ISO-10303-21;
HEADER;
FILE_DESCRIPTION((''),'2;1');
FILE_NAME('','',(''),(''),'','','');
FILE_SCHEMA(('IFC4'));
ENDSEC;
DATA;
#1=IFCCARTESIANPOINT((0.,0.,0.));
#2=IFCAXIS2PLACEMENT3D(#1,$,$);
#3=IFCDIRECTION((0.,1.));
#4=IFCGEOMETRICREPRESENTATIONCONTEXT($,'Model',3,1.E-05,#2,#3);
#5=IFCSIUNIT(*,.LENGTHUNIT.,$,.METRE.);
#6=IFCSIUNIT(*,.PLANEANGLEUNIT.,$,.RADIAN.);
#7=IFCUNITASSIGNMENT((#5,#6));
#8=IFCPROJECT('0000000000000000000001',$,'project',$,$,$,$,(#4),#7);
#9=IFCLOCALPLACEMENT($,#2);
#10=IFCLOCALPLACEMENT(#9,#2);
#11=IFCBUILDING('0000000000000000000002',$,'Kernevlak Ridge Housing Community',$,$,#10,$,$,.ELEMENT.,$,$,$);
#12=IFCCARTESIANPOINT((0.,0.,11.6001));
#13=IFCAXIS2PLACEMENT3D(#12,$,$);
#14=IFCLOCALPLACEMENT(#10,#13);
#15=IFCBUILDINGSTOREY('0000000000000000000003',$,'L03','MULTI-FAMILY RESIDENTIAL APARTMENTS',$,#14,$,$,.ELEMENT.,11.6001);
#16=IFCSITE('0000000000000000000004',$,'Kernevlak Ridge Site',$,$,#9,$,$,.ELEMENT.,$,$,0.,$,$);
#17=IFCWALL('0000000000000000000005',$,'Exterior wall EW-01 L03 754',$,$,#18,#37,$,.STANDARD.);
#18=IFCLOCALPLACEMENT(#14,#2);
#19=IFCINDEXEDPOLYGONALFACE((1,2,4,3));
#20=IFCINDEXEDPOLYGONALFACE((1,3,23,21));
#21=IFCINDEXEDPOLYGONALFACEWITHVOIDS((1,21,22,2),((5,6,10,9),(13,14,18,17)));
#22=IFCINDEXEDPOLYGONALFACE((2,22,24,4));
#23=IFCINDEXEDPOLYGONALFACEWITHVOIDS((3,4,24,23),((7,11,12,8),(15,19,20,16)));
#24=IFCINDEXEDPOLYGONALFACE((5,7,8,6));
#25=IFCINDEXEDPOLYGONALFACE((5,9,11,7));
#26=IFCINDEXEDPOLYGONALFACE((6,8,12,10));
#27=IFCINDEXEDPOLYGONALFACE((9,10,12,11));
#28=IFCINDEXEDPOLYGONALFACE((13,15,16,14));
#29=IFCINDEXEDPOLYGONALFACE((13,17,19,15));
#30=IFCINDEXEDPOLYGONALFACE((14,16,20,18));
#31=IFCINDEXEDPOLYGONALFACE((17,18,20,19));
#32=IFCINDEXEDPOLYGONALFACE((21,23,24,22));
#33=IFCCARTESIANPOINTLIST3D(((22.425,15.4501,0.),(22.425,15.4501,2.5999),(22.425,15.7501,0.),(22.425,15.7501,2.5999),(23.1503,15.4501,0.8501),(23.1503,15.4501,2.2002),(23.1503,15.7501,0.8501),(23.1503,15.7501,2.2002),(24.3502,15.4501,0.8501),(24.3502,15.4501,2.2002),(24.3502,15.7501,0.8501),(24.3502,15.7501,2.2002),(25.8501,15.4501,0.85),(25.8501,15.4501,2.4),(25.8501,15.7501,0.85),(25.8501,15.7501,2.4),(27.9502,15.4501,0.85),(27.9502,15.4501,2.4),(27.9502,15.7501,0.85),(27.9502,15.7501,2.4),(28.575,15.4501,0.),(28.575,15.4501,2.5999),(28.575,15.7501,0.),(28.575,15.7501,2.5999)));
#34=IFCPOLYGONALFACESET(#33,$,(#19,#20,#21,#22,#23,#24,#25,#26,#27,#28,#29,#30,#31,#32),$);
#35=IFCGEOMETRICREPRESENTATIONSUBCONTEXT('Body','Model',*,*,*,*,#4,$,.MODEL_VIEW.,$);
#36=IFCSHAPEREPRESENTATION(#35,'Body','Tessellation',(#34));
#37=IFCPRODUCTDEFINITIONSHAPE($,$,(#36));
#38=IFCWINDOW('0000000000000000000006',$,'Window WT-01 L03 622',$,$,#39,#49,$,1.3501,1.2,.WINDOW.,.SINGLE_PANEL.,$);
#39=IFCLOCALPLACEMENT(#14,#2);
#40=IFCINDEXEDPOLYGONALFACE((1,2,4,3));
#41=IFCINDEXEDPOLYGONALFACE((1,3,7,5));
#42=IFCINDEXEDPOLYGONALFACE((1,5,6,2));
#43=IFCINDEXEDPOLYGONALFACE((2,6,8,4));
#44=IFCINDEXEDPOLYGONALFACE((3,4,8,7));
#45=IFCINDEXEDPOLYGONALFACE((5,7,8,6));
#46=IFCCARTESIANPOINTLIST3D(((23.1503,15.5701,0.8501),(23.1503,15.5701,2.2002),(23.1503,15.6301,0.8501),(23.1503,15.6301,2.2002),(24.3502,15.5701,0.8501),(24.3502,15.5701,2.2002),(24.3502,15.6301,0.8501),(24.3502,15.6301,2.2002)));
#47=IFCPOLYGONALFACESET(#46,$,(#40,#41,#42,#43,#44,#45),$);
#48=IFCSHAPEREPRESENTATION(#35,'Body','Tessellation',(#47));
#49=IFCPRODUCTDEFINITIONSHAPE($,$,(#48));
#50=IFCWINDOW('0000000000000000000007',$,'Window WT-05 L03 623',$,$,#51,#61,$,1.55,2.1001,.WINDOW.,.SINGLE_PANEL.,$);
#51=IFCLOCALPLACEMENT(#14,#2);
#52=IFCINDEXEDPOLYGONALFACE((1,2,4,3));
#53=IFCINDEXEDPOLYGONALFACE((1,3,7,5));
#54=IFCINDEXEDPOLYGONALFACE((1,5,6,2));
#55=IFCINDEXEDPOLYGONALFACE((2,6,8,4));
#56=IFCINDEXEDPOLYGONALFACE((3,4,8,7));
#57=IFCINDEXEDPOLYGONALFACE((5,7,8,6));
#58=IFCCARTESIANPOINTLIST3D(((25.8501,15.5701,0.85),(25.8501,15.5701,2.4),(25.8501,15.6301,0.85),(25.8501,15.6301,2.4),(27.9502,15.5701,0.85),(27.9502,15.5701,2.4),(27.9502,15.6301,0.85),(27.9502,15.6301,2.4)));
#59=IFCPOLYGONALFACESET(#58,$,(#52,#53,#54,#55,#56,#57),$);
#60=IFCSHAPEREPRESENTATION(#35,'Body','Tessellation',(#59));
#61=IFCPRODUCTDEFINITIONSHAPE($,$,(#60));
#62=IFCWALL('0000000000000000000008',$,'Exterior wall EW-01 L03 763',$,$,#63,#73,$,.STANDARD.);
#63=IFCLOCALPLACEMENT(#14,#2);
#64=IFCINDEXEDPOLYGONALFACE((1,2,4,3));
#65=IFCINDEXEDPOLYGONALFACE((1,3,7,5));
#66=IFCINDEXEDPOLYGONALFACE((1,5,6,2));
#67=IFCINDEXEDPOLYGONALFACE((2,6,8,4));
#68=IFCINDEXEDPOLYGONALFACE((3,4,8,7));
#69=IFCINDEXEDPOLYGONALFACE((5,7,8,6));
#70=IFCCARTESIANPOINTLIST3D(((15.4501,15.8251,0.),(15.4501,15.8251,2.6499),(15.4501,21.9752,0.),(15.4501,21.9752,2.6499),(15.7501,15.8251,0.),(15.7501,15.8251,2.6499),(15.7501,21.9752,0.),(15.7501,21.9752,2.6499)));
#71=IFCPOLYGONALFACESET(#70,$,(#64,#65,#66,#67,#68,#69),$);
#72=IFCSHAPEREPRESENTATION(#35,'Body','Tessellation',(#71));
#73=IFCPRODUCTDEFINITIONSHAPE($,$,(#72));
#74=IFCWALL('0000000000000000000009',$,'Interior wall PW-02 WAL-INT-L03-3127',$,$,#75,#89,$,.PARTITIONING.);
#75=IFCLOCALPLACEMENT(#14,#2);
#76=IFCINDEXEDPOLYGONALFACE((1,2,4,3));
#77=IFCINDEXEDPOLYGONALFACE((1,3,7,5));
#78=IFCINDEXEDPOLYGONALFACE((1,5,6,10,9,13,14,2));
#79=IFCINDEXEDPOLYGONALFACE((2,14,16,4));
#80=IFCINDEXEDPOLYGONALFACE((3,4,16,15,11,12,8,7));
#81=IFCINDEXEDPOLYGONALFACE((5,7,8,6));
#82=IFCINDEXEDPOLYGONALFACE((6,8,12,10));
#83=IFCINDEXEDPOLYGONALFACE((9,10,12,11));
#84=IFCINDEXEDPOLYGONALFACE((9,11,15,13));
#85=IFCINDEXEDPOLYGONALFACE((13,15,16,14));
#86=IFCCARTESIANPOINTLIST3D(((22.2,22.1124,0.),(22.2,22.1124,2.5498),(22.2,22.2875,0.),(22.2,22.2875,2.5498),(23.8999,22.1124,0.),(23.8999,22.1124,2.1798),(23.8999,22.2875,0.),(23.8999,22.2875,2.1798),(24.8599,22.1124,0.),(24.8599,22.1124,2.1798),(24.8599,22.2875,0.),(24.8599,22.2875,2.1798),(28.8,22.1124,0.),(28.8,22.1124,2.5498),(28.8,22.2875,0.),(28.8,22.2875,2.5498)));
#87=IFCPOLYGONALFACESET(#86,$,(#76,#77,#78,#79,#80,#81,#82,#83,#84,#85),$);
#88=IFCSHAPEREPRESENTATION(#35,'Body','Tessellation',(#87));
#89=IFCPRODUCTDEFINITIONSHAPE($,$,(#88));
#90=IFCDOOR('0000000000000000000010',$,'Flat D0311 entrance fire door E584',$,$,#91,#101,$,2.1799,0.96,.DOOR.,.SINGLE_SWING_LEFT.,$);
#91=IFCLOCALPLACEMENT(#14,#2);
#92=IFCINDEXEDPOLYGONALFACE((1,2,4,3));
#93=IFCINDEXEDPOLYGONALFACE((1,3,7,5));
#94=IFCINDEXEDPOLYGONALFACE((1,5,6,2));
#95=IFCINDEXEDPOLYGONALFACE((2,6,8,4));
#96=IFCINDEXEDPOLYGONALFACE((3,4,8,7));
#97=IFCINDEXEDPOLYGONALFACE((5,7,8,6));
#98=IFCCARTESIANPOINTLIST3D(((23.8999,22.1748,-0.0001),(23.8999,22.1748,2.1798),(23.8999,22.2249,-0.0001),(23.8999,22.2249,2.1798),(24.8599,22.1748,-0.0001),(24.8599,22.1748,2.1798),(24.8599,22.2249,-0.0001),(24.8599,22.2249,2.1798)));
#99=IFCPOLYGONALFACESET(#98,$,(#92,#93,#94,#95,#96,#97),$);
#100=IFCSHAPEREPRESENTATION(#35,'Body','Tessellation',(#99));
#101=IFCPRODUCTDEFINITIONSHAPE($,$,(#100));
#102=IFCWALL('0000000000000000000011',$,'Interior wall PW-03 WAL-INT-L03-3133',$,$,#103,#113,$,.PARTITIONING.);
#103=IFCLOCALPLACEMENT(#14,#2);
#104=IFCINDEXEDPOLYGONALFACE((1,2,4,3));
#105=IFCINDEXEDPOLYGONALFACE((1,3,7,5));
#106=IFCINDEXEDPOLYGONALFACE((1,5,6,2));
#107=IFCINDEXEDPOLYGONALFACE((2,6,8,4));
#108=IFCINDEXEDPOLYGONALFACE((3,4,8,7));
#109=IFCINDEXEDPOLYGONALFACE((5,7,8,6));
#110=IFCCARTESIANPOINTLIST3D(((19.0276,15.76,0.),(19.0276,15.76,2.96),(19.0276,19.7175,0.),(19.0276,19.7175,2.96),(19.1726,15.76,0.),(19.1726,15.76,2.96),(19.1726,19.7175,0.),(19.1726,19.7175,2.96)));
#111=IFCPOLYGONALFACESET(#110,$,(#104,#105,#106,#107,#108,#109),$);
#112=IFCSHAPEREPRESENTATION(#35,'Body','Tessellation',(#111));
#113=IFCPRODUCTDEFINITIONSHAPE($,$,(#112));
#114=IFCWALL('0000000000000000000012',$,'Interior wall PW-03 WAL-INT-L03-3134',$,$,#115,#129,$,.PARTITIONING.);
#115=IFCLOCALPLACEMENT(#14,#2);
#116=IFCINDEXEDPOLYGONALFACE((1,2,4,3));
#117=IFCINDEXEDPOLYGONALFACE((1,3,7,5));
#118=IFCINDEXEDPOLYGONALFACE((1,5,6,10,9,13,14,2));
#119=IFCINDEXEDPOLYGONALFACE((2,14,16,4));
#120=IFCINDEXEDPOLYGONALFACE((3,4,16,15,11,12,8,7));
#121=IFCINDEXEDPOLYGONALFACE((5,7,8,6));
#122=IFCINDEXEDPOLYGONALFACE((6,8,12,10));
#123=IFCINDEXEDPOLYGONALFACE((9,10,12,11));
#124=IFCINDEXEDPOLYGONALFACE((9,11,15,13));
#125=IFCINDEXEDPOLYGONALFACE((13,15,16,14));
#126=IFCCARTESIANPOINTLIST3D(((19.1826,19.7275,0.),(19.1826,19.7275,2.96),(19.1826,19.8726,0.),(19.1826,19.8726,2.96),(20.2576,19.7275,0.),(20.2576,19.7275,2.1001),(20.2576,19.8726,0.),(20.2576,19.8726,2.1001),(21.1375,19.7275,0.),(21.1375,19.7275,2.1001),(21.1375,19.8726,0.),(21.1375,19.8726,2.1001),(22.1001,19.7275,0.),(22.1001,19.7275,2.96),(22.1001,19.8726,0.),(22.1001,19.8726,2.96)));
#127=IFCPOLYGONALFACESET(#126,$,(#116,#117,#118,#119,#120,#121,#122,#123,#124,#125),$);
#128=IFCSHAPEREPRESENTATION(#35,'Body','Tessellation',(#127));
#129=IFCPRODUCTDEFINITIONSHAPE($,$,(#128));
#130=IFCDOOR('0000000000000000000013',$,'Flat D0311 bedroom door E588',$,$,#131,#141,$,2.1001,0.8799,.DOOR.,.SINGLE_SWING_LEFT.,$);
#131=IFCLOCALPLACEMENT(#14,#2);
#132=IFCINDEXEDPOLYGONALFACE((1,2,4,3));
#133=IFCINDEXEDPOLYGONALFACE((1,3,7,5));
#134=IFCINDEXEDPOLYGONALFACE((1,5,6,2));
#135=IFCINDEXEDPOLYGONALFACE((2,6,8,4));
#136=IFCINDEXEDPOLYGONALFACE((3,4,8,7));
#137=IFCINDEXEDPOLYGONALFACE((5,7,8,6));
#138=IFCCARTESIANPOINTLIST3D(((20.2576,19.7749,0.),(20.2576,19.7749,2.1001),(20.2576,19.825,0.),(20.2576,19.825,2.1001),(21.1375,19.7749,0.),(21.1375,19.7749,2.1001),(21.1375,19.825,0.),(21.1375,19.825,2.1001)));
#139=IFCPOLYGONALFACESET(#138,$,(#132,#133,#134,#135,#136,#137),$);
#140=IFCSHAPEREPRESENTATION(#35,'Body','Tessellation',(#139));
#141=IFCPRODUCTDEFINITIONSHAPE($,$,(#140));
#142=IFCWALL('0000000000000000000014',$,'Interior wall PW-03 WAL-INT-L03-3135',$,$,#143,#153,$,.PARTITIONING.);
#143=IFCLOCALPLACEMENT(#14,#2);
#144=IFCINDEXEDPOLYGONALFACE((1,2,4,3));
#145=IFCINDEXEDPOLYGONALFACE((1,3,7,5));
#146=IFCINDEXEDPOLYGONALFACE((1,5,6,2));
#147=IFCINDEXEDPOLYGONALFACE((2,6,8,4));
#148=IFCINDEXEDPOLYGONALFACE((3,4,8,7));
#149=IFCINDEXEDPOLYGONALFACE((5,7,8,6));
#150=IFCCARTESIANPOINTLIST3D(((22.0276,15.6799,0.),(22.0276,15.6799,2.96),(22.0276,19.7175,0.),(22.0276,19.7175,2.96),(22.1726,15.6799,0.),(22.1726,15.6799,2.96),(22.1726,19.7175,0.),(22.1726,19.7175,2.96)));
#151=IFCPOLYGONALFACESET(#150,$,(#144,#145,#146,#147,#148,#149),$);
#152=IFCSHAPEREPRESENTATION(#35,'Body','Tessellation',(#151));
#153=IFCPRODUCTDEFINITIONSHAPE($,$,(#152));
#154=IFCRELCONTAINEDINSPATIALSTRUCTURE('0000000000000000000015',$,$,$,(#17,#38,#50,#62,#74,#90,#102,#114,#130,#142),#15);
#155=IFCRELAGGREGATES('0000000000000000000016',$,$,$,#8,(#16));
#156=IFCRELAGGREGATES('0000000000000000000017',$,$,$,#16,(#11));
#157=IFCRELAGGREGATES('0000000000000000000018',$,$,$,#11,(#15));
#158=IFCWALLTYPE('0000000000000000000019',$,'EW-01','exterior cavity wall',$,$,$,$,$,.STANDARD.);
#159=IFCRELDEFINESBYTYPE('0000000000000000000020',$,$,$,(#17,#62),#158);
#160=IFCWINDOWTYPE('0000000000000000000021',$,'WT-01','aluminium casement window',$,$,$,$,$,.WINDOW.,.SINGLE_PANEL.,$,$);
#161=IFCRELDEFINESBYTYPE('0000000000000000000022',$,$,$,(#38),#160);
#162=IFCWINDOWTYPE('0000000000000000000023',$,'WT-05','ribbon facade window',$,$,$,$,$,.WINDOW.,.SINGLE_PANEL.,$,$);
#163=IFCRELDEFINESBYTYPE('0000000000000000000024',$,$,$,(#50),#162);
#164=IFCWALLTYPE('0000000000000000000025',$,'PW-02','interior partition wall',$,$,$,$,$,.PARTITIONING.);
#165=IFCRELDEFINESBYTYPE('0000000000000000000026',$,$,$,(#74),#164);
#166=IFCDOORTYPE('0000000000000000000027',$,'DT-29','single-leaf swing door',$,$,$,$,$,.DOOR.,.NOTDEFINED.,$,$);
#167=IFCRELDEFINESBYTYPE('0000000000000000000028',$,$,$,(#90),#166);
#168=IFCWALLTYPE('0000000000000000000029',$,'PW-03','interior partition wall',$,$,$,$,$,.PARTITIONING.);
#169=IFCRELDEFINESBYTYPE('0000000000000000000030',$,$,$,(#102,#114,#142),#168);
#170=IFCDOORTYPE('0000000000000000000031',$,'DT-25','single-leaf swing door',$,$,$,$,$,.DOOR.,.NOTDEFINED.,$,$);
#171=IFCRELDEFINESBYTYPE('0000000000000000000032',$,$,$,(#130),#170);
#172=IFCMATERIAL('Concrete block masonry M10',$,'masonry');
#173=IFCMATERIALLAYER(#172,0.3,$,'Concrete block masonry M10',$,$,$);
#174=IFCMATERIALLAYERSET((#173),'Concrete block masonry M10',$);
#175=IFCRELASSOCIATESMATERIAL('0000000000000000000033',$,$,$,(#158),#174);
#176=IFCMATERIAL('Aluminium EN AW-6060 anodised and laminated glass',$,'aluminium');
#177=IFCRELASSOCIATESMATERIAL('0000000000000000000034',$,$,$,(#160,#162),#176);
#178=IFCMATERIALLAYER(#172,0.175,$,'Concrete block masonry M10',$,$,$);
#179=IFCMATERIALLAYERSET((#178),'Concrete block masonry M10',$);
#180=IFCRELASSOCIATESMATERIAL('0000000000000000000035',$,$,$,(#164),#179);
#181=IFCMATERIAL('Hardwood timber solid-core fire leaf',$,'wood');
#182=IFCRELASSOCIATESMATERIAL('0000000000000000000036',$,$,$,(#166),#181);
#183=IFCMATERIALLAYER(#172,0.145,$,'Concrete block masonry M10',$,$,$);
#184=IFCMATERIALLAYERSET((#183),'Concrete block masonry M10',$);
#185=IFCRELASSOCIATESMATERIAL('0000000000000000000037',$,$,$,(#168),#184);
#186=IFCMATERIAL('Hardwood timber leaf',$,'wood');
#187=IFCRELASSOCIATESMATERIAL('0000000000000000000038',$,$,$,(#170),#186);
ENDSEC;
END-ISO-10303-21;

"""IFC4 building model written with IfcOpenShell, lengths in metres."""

from ifc_helpers import new_model, si_unit, direction, frame, frame_2d, origin, place, context, subcontext, project, spatial, rectangle, extrude, material, layer, layer_set, type_object, element, fill, save


model = new_model("IFC4")

# Units and contexts
model_context = context("Model", 3, precision=1e-05, world=origin(), true_north=direction((0.0, 1.0)))
body_context = subcontext(model_context, "Body", "Model", "MODEL_VIEW")
ifc_project = project(units=[si_unit("LENGTHUNIT", "METRE"), si_unit("PLANEANGLEUNIT", "RADIAN")], contexts=[model_context])

# Site, building, storey
site_placement = place(None, origin())
site = spatial("IfcSite", under=ifc_project, at=site_placement, Name="Kernevlak Ridge Site", CompositionType="ELEMENT", RefElevation=0.0)
building_placement = place(site_placement, origin())
building = spatial("IfcBuilding", under=site, at=building_placement, Name="Kernevlak Ridge Housing Community", CompositionType="ELEMENT")
storey_placement = place(building_placement, frame((0.0, 0.0, 11.6001)))
storey = spatial("IfcBuildingStorey", under=building, at=storey_placement, Name="L03", Description="MULTI-FAMILY RESIDENTIAL APARTMENTS", CompositionType="ELEMENT", Elevation=11.6001)

# Shared definitions
ifc_material_1 = material(Name="Aluminium EN AW-6060 anodised and laminated glass", Category="aluminium")

# Wall, openings, windows
ifc_material_2 = material(Name="Concrete block masonry M10", Category="masonry")
ifc_layer_1 = layer(ifc_material_2, 0.3, Name="Concrete block masonry M10")
ifc_layer_set_1 = layer_set([ifc_layer_1], Name="Concrete block masonry M10")
wall_type_1 = type_object("IfcWallType", Name="EW-01", Description="exterior cavity wall", PredefinedType="STANDARD", material=ifc_layer_set_1)
wall_1_placement = place(storey_placement, frame((22.425, 15.6001, 0.0), z_axis=(0.0, 0.0, 1.0), x_axis=(1.0, 0.0, 0.0)))
wall_1 = element("IfcWall", 1, at=wall_1_placement, inside=storey, type_object=wall_type_1, Name="Exterior wall EW-01 L03 754", PredefinedType="STANDARD", context=body_context, shape_type="SweptSolid", body=[
    extrude(rectangle(XDim=6.1499, YDim=0.3, at=frame_2d((3.075, 0.0))), origin(), (0.0, 0.0, 1.0), 2.5999),
])
opening_1_placement = place(wall_1_placement, frame((0.7251, 0.0, 0.8501)))
opening_1 = element("IfcOpeningElement", 2, at=opening_1_placement, cuts=wall_1, PredefinedType="OPENING", context=body_context, shape_type="SweptSolid", body=[
    extrude(rectangle(XDim=1.2, YDim=1.3501, at=frame_2d((0.6001, 0.675))), frame((0.0, 0.1599, 0.0), z_axis=(0.0, -1.0, 0.0), x_axis=(1.0, 0.0, 0.0)), (0.0, 0.0, 1.0), 0.3201),
])
opening_2_placement = place(wall_1_placement, frame((3.425, 0.0, 0.8501)))
opening_2 = element("IfcOpeningElement", 3, at=opening_2_placement, cuts=wall_1, PredefinedType="OPENING", context=body_context, shape_type="SweptSolid", body=[
    extrude(rectangle(XDim=2.1001, YDim=1.55, at=frame_2d((1.05, 0.7749))), frame((0.0, 0.1599, 0.0), z_axis=(0.0, -1.0, 0.0), x_axis=(1.0, 0.0, 0.0)), (0.0, 0.0, 1.0), 0.3201),
])
window_type_1 = type_object("IfcWindowType", Name="WT-01", Description="aluminium casement window", PartitioningType="SINGLE_PANEL", PredefinedType="WINDOW", material=ifc_material_1)
window_1_placement = place(opening_1_placement, origin())
window_1 = element("IfcWindow", 4, at=window_1_placement, inside=storey, type_object=window_type_1, Name="Window WT-01 L03 622", OverallHeight=1.3501, OverallWidth=1.2, PartitioningType="SINGLE_PANEL", PredefinedType="WINDOW", context=body_context, shape_type="SweptSolid", body=[
    extrude(rectangle(XDim=1.2, YDim=1.3501, at=frame_2d((0.6001, 0.675))), frame((0.0, 0.03, 0.0), z_axis=(0.0, -1.0, 0.0), x_axis=(1.0, 0.0, 0.0)), (0.0, 0.0, 1.0), 0.0601),
])
fill(opening_1, window_1)
window_type_2 = type_object("IfcWindowType", Name="WT-05", Description="ribbon facade window", PartitioningType="SINGLE_PANEL", PredefinedType="WINDOW", material=ifc_material_1)
window_2_placement = place(opening_2_placement, origin())
window_2 = element("IfcWindow", 5, at=window_2_placement, inside=storey, type_object=window_type_2, Name="Window WT-05 L03 623", OverallHeight=1.55, OverallWidth=2.1001, PartitioningType="SINGLE_PANEL", PredefinedType="WINDOW", context=body_context, shape_type="SweptSolid", body=[
    extrude(rectangle(XDim=2.1001, YDim=1.55, at=frame_2d((1.05, 0.7749))), frame((0.0, 0.03, 0.0), z_axis=(0.0, -1.0, 0.0), x_axis=(1.0, 0.0, 0.0)), (0.0, 0.0, 1.0), 0.0601),
])
fill(opening_2, window_2)

# Wall
wall_2_placement = place(storey_placement, frame((15.6001, 15.825, 0.0), z_axis=(0.0, 0.0, 1.0), x_axis=(0.0, 1.0, 0.0)))
element("IfcWall", 6, at=wall_2_placement, inside=storey, type_object=wall_type_1, Name="Exterior wall EW-01 L03 763", PredefinedType="STANDARD", context=body_context, shape_type="SweptSolid", body=[
    extrude(rectangle(XDim=6.1501, YDim=0.3, at=frame_2d((3.0752, 0.0))), origin(), (0.0, 0.0, 1.0), 2.6499),
])

# Wall, opening, door
ifc_layer_2 = layer(ifc_material_2, 0.175, Name="Concrete block masonry M10")
ifc_layer_set_2 = layer_set([ifc_layer_2], Name="Concrete block masonry M10")
wall_type_2 = type_object("IfcWallType", Name="PW-02", Description="interior partition wall", PredefinedType="PARTITIONING", material=ifc_layer_set_2)
wall_3_placement = place(storey_placement, frame((22.2, 22.2, 0.0), z_axis=(0.0, 0.0, 1.0), x_axis=(1.0, 0.0, 0.0)))
wall_3 = element("IfcWall", 7, at=wall_3_placement, inside=storey, type_object=wall_type_2, Name="Interior wall PW-02 WAL-INT-L03-3127", PredefinedType="PARTITIONING", context=body_context, shape_type="SweptSolid", body=[
    extrude(rectangle(XDim=6.6001, YDim=0.175, at=frame_2d((3.3, 0.0))), origin(), (0.0, 0.0, 1.0), 2.5498),
])
opening_3_placement = place(wall_3_placement, frame((1.7, 0.0, 0.0)))
opening_3 = element("IfcOpeningElement", 8, at=opening_3_placement, cuts=wall_3, PredefinedType="OPENING", context=body_context, shape_type="SweptSolid", body=[
    extrude(rectangle(XDim=0.96, YDim=2.1799, at=frame_2d((0.48, 1.0898))), frame((0.0, 0.0974, 0.0), z_axis=(0.0, -1.0, 0.0), x_axis=(1.0, 0.0, 0.0)), (0.0, 0.0, 1.0), 0.1951),
])
ifc_material_3 = material(Name="Hardwood timber solid-core fire leaf", Category="wood")
door_type_1 = type_object("IfcDoorType", Name="DT-29", Description="single-leaf swing door", OperationType="NOTDEFINED", PredefinedType="DOOR", material=ifc_material_3)
door_1_placement = place(opening_3_placement, origin())
door_1 = element("IfcDoor", 9, at=door_1_placement, inside=storey, type_object=door_type_1, Name="Flat D0311 entrance fire door E584", OperationType="SINGLE_SWING_LEFT", OverallHeight=2.1799, OverallWidth=0.96, PredefinedType="DOOR", context=body_context, shape_type="SweptSolid", body=[
    extrude(rectangle(XDim=0.96, YDim=2.1799, at=frame_2d((0.48, 1.0898))), frame((0.0, 0.0249, 0.0), z_axis=(0.0, -1.0, 0.0), x_axis=(1.0, 0.0, 0.0)), (0.0, 0.0, 1.0), 0.05),
])
fill(opening_3, door_1)
ifc_layer_3 = layer(ifc_material_2, 0.145, Name="Concrete block masonry M10")
ifc_layer_set_3 = layer_set([ifc_layer_3], Name="Concrete block masonry M10")
wall_type_3 = type_object("IfcWallType", Name="PW-03", Description="interior partition wall", PredefinedType="PARTITIONING", material=ifc_layer_set_3)
ifc_material_4 = material(Name="Hardwood timber leaf", Category="wood")

# Wall
wall_4_placement = place(storey_placement, frame((19.1001, 19.7175, 0.0), z_axis=(0.0, 0.0, 1.0), x_axis=(0.0, -1.0, 0.0)))
element("IfcWall", 10, at=wall_4_placement, inside=storey, type_object=wall_type_3, Name="Interior wall PW-03 WAL-INT-L03-3133", PredefinedType="PARTITIONING", context=body_context, shape_type="SweptSolid", body=[
    extrude(rectangle(XDim=3.9575, YDim=0.145, at=frame_2d((1.9788, 0.0))), origin(), (0.0, 0.0, 1.0), 2.96),
])

# Wall, opening, door
wall_5_placement = place(storey_placement, frame((19.1826, 19.8, 0.0), z_axis=(0.0, 0.0, 1.0), x_axis=(1.0, 0.0, 0.0)))
wall_5 = element("IfcWall", 11, at=wall_5_placement, inside=storey, type_object=wall_type_3, Name="Interior wall PW-03 WAL-INT-L03-3134", PredefinedType="PARTITIONING", context=body_context, shape_type="SweptSolid", body=[
    extrude(rectangle(XDim=2.9175, YDim=0.145, at=frame_2d((1.4587, 0.0))), origin(), (0.0, 0.0, 1.0), 2.96),
])
opening_4_placement = place(wall_5_placement, frame((1.075, 0.0, 0.0)))
opening_4 = element("IfcOpeningElement", 12, at=opening_4_placement, cuts=wall_5, PredefinedType="OPENING", context=body_context, shape_type="SweptSolid", body=[
    extrude(rectangle(XDim=0.8799, YDim=2.1001, at=frame_2d((0.4399, 1.05))), frame((0.0, 0.0825, 0.0), z_axis=(0.0, -1.0, 0.0), x_axis=(1.0, 0.0, 0.0)), (0.0, 0.0, 1.0), 0.165),
])
door_type_2 = type_object("IfcDoorType", Name="DT-25", Description="single-leaf swing door", OperationType="NOTDEFINED", PredefinedType="DOOR", material=ifc_material_4)
door_2_placement = place(opening_4_placement, origin())
door_2 = element("IfcDoor", 13, at=door_2_placement, inside=storey, type_object=door_type_2, Name="Flat D0311 bedroom door E588", OperationType="SINGLE_SWING_LEFT", OverallHeight=2.1001, OverallWidth=0.8799, PredefinedType="DOOR", context=body_context, shape_type="SweptSolid", body=[
    extrude(rectangle(XDim=0.8799, YDim=2.1001, at=frame_2d((0.4399, 1.05))), frame((0.0, 0.0249, 0.0), z_axis=(0.0, -1.0, 0.0), x_axis=(1.0, 0.0, 0.0)), (0.0, 0.0, 1.0), 0.05),
])
fill(opening_4, door_2)

# Wall
wall_6_placement = place(storey_placement, frame((22.1001, 19.7175, 0.0), z_axis=(0.0, 0.0, 1.0), x_axis=(0.0, -1.0, 0.0)))
element("IfcWall", 14, at=wall_6_placement, inside=storey, type_object=wall_type_3, Name="Interior wall PW-03 WAL-INT-L03-3135", PredefinedType="PARTITIONING", context=body_context, shape_type="SweptSolid", body=[
    extrude(rectangle(XDim=4.0376, YDim=0.145, at=frame_2d((2.0188, 0.0))), origin(), (0.0, 0.0, 1.0), 2.96),
])

save(model, "model.ifc")
